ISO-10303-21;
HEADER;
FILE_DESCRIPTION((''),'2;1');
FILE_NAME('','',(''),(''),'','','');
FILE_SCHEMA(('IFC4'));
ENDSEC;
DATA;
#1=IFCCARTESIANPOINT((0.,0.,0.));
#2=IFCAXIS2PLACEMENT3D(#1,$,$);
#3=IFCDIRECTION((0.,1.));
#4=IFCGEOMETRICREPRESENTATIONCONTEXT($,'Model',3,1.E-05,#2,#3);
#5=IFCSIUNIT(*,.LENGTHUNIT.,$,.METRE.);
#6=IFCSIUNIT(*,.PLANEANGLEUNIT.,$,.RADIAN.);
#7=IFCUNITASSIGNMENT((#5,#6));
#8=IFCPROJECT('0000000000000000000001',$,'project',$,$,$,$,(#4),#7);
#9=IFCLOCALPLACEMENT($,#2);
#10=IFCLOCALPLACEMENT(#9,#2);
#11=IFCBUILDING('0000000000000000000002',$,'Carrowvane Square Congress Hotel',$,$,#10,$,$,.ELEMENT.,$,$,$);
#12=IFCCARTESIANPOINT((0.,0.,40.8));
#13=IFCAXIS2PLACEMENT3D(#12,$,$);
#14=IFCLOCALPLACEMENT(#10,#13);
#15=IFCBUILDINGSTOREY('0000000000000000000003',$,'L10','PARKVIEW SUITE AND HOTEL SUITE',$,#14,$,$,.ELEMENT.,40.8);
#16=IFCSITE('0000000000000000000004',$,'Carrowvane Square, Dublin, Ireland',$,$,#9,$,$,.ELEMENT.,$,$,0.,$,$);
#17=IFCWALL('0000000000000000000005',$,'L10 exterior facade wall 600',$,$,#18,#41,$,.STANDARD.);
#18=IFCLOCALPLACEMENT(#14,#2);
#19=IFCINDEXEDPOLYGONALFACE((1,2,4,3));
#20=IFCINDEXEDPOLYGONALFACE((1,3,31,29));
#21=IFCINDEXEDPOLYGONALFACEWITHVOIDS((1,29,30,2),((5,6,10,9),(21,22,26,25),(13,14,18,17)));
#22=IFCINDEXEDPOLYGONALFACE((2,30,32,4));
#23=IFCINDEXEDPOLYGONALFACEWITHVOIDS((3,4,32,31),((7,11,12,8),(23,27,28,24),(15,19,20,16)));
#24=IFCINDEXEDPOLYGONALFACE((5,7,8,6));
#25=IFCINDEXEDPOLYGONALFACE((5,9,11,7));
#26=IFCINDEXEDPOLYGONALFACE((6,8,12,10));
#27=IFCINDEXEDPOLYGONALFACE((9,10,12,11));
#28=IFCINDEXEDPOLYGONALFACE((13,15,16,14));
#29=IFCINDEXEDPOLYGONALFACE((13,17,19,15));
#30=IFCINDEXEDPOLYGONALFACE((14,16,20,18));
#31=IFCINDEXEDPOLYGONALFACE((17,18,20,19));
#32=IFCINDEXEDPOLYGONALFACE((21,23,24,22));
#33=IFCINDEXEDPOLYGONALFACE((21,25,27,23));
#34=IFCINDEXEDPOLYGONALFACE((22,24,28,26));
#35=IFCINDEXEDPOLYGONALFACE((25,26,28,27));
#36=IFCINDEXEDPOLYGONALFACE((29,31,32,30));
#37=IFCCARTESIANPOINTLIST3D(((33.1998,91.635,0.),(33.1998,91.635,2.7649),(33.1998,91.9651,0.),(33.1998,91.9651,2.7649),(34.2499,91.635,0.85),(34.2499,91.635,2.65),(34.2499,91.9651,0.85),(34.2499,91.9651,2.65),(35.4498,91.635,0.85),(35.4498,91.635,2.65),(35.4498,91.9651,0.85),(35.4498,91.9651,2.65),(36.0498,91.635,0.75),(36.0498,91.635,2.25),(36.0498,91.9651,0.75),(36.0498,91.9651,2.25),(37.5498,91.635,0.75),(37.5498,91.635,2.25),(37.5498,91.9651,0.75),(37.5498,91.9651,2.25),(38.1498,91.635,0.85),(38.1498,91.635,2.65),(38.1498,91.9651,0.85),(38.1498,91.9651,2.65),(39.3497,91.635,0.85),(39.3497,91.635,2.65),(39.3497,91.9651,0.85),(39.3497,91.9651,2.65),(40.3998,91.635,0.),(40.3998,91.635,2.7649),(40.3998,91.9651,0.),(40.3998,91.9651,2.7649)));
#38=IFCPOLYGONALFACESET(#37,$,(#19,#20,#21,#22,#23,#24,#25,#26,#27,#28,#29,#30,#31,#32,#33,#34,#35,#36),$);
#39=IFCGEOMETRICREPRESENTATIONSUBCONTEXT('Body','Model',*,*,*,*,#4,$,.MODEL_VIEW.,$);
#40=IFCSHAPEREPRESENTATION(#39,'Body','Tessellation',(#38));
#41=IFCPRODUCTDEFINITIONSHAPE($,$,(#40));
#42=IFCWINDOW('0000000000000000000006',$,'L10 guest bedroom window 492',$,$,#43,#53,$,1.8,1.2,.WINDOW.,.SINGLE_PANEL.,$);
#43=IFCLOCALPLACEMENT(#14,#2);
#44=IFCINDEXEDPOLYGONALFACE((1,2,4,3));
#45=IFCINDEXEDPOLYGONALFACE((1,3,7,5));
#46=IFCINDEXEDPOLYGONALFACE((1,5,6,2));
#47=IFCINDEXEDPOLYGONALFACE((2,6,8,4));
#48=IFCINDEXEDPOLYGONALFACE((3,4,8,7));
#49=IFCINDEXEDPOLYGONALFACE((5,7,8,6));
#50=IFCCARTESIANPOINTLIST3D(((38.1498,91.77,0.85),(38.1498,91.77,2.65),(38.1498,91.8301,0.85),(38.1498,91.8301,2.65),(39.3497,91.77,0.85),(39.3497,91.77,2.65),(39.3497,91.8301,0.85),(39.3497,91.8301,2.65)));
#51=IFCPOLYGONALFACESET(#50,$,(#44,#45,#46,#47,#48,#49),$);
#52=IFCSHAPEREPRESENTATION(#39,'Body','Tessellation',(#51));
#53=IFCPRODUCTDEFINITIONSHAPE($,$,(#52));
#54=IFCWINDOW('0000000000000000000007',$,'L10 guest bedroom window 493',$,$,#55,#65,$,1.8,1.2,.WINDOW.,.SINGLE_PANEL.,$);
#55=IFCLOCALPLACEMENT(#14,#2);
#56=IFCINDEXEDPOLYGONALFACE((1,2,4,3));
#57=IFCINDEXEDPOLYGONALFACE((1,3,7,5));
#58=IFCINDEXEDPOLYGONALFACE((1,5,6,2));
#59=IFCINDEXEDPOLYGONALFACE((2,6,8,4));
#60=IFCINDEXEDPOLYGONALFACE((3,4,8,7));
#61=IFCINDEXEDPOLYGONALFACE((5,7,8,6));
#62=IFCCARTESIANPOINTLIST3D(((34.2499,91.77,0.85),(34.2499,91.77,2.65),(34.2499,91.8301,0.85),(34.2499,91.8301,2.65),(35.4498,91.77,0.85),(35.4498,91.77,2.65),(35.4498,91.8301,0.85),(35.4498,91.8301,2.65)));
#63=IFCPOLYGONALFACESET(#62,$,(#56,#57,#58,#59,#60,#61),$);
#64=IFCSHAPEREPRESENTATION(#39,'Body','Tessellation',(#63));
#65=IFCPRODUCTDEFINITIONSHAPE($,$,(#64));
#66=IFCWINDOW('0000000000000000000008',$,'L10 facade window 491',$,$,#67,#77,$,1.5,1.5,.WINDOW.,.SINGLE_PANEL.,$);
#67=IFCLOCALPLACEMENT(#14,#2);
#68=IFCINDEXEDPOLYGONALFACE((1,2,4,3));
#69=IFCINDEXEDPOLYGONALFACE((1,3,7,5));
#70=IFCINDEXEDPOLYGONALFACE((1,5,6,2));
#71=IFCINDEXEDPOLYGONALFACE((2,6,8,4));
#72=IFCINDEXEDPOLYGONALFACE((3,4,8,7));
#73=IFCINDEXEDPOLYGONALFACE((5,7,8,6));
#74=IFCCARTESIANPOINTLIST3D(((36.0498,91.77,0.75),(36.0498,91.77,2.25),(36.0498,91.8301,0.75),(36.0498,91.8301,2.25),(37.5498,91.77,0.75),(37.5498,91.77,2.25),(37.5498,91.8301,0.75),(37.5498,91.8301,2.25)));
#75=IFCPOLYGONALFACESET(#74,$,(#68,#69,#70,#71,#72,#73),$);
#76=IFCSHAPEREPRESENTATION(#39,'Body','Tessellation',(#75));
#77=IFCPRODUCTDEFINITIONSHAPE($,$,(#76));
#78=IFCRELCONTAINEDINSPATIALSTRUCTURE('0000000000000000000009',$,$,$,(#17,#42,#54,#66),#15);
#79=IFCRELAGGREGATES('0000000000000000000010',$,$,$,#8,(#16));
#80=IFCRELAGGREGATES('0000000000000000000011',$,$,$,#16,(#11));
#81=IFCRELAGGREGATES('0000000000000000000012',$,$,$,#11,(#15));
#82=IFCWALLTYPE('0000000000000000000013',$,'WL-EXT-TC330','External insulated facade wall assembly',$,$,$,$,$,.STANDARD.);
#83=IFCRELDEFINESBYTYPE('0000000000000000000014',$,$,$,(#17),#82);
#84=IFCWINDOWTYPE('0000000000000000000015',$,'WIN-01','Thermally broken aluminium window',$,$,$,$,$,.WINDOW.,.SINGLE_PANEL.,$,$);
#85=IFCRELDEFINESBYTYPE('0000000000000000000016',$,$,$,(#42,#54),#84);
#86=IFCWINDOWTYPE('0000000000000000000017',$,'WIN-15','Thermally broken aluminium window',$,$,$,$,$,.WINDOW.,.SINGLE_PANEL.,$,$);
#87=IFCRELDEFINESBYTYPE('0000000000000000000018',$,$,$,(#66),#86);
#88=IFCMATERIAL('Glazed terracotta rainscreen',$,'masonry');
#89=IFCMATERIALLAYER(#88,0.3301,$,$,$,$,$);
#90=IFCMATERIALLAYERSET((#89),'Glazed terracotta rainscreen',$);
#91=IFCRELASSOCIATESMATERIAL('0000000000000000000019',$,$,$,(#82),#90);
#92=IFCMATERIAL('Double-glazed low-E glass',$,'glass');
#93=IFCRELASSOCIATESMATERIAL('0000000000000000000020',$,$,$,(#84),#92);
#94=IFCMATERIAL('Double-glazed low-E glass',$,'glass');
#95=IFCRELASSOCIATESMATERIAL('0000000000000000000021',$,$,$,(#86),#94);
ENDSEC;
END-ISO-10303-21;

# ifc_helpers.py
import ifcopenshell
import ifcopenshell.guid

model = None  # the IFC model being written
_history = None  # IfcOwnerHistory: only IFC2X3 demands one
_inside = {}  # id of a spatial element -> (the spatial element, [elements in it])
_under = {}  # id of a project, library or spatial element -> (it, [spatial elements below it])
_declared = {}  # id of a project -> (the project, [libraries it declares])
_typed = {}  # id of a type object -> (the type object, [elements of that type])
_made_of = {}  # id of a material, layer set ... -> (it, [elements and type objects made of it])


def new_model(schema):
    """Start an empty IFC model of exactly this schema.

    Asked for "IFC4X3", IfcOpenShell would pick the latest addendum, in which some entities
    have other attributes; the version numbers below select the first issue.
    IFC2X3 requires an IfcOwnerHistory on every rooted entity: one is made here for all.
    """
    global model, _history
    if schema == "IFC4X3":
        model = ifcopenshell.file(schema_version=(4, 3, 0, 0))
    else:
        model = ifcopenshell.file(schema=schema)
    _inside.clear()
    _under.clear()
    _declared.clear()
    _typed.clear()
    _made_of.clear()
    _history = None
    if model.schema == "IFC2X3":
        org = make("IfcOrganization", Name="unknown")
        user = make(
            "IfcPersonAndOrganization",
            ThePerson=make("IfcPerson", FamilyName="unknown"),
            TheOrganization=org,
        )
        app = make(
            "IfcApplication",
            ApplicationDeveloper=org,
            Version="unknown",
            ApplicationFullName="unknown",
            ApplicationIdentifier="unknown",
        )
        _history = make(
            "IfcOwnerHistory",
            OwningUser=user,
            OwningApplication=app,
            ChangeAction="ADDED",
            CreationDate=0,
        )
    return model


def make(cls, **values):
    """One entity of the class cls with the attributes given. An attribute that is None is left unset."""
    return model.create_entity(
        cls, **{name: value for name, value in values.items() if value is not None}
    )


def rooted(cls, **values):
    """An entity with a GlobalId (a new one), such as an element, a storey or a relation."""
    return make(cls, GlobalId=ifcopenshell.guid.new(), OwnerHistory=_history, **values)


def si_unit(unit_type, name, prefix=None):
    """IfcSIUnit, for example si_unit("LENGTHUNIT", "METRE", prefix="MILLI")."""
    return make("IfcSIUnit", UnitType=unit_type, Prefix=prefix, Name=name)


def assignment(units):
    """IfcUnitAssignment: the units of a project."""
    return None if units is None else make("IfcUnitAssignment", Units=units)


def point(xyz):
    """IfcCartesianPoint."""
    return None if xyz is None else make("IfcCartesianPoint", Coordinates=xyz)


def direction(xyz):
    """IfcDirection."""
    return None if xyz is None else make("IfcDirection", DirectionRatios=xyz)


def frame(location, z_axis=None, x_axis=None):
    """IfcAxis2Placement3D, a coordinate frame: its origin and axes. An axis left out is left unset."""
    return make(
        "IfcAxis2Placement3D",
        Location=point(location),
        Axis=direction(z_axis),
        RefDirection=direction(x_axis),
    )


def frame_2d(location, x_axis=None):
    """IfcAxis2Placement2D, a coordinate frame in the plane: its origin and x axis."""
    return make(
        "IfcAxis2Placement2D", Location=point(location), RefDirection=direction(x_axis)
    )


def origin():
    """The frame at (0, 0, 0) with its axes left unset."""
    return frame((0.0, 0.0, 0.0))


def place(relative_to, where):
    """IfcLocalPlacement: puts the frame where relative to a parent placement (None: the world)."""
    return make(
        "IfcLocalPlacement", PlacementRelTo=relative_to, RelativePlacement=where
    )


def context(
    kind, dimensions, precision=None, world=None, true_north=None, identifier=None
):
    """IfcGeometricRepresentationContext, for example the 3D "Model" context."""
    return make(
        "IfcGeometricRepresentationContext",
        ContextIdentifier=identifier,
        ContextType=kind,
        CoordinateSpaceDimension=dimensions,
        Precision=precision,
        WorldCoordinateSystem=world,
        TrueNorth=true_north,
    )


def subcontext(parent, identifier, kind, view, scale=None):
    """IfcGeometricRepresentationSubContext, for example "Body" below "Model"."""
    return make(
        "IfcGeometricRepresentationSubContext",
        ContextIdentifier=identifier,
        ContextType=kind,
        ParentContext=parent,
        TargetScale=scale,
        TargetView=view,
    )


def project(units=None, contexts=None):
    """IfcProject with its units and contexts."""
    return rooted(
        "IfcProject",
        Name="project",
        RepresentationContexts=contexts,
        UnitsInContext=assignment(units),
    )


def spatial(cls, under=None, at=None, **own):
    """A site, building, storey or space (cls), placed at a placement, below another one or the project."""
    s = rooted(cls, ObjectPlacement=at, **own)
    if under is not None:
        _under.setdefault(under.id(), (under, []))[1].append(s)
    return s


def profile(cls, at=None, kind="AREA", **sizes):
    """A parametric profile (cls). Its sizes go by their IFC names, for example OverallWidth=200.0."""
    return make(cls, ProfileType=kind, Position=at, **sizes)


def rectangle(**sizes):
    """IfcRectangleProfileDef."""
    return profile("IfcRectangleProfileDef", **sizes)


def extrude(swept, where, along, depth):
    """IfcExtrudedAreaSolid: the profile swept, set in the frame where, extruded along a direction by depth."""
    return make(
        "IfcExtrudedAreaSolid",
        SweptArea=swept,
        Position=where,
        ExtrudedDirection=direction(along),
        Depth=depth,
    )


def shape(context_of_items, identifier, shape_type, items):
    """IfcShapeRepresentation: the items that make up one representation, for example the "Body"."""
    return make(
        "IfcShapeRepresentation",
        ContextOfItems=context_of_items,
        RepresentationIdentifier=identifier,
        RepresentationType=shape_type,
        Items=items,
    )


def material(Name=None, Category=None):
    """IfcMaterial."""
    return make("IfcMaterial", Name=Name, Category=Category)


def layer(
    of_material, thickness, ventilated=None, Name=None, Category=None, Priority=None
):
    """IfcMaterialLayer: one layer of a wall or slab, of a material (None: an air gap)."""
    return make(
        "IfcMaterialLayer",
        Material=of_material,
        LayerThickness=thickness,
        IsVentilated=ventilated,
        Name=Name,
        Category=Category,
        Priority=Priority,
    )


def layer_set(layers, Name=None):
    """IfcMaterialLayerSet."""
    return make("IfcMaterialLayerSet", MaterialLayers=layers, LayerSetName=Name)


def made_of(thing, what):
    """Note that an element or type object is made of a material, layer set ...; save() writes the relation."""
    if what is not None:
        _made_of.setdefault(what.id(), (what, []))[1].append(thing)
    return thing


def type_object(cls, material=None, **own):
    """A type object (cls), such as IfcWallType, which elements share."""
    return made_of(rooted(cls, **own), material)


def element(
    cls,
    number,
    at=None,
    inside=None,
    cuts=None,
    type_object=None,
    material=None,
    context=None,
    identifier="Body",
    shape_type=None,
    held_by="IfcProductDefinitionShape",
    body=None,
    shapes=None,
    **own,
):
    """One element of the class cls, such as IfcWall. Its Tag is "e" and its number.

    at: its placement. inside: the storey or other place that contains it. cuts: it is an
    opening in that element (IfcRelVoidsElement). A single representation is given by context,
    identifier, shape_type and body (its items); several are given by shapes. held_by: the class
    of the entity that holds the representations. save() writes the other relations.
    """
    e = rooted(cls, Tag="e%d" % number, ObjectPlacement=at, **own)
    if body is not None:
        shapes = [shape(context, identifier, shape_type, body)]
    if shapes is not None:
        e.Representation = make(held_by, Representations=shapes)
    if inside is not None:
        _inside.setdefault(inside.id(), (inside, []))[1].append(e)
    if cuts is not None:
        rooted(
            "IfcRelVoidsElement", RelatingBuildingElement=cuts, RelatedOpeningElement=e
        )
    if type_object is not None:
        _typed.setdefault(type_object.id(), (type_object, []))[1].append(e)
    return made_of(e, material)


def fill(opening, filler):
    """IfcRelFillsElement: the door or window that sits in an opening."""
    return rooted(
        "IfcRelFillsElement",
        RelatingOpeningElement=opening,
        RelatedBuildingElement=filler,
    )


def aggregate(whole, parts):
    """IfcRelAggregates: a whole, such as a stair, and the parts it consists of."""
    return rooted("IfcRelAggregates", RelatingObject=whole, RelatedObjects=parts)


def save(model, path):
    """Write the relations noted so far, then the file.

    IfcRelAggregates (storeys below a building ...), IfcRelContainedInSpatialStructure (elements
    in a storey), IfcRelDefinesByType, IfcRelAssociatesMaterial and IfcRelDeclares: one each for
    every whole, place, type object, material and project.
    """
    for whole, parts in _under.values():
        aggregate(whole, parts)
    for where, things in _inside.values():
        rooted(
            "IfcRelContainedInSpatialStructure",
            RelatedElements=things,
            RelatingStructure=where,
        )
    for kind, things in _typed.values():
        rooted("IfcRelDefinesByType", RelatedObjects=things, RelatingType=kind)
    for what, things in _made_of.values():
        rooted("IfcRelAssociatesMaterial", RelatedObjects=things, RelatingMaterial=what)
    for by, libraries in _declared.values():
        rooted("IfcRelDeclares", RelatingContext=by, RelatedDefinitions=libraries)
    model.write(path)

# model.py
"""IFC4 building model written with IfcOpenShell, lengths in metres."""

from ifc_helpers import new_model, si_unit, direction, frame, frame_2d, origin, place, context, subcontext, project, spatial, rectangle, extrude, material, layer, layer_set, type_object, element, fill, save


model = new_model("IFC4")

# Units and contexts
model_context = context("Model", 3, precision=1e-05, world=origin(), true_north=direction((0.0, 1.0)))
body_context = subcontext(model_context, "Body", "Model", "MODEL_VIEW")
ifc_project = project(units=[si_unit("LENGTHUNIT", "METRE"), si_unit("PLANEANGLEUNIT", "RADIAN")], contexts=[model_context])

# Site, building, storey
site_placement = place(None, origin())
site = spatial("IfcSite", under=ifc_project, at=site_placement, Name="Carrowvane Square, Dublin, Ireland", CompositionType="ELEMENT", RefElevation=0.0)
building_placement = place(site_placement, origin())
building = spatial("IfcBuilding", under=site, at=building_placement, Name="Carrowvane Square Congress Hotel", CompositionType="ELEMENT")
storey_placement = place(building_placement, frame((0.0, 0.0, 40.8)))
storey = spatial("IfcBuildingStorey", under=building, at=storey_placement, Name="L10", Description="PARKVIEW SUITE AND HOTEL SUITE", CompositionType="ELEMENT", Elevation=40.8)

# Wall, openings, windows
ifc_material_1 = material(Name="Glazed terracotta rainscreen", Category="masonry")
ifc_layer = layer(ifc_material_1, 0.3301)
ifc_layer_set = layer_set([ifc_layer], Name="Glazed terracotta rainscreen")
wall_type = type_object("IfcWallType", Name="WL-EXT-TC330", Description="External insulated facade wall assembly", PredefinedType="STANDARD", material=ifc_layer_set)
ifc_material_2 = material(Name="Double-glazed low-E glass", Category="glass")
window_type_1 = type_object("IfcWindowType", Name="WIN-01", Description="Thermally broken aluminium window", PartitioningType="SINGLE_PANEL", PredefinedType="WINDOW", material=ifc_material_2)
ifc_material_3 = material(Name="Double-glazed low-E glass", Category="glass")
window_type_2 = type_object("IfcWindowType", Name="WIN-15", Description="Thermally broken aluminium window", PartitioningType="SINGLE_PANEL", PredefinedType="WINDOW", material=ifc_material_3)
wall_1_placement = place(storey_placement, frame((40.3999, 91.8, 0.0), z_axis=(0.0, 0.0, 1.0), x_axis=(-1.0, 0.0, 0.0)))
wall_1 = element("IfcWall", 1, at=wall_1_placement, inside=storey, type_object=wall_type, Name="L10 exterior facade wall 600", PredefinedType="STANDARD", context=body_context, shape_type="SweptSolid", body=[
    extrude(rectangle(XDim=7.2, YDim=0.3301, at=frame_2d((3.6001, 0.0))), origin(), (0.0, 0.0, 1.0), 2.7649),
])
opening_1_placement = place(wall_1_placement, frame((2.8501, 0.0, 0.75)))
opening_1 = element("IfcOpeningElement", 2, at=opening_1_placement, cuts=wall_1, PredefinedType="OPENING", context=body_context, shape_type="SweptSolid", body=[
    extrude(rectangle(XDim=1.5, YDim=1.5, at=frame_2d((0.75, 0.75))), frame((0.0, 0.175, 0.0), z_axis=(0.0, -1.0, 0.0), x_axis=(1.0, 0.0, 0.0)), (0.0, 0.0, 1.0), 0.3501),
])
opening_2_placement = place(wall_1_placement, frame((1.05, 0.0, 0.8501)))
opening_2 = element("IfcOpeningElement", 3, at=opening_2_placement, cuts=wall_1, PredefinedType="OPENING", context=body_context, shape_type="SweptSolid", body=[
    extrude(rectangle(XDim=1.2, YDim=1.8, at=frame_2d((0.6001, 0.8999))), frame((0.0, 0.175, 0.0), z_axis=(0.0, -1.0, 0.0), x_axis=(1.0, 0.0, 0.0)), (0.0, 0.0, 1.0), 0.3501),
])
opening_3_placement = place(wall_1_placement, frame((4.95, 0.0, 0.8501)))
opening_3 = element("IfcOpeningElement", 4, at=opening_3_placement, cuts=wall_1, PredefinedType="OPENING", context=body_context, shape_type="SweptSolid", body=[
    extrude(rectangle(XDim=1.2, YDim=1.8, at=frame_2d((0.6001, 0.8999))), frame((0.0, 0.175, 0.0), z_axis=(0.0, -1.0, 0.0), x_axis=(1.0, 0.0, 0.0)), (0.0, 0.0, 1.0), 0.3501),
])
window_1_placement = place(opening_2_placement, origin())
window_1 = element("IfcWindow", 5, at=window_1_placement, inside=storey, type_object=window_type_1, Name="L10 guest bedroom window 492", OverallHeight=1.8, OverallWidth=1.2, PartitioningType="SINGLE_PANEL", PredefinedType="WINDOW", context=body_context, shape_type="SweptSolid", body=[
    extrude(rectangle(XDim=1.2, YDim=1.8, at=frame_2d((0.6001, 0.8999))), frame((0.0, 0.03, 0.0), z_axis=(0.0, -1.0, 0.0), x_axis=(1.0, 0.0, 0.0)), (0.0, 0.0, 1.0), 0.0601),
])
fill(opening_2, window_1)
window_2_placement = place(opening_3_placement, origin())
window_2 = element("IfcWindow", 6, at=window_2_placement, inside=storey, type_object=window_type_1, Name="L10 guest bedroom window 493", OverallHeight=1.8, OverallWidth=1.2, PartitioningType="SINGLE_PANEL", PredefinedType="WINDOW", context=body_context, shape_type="SweptSolid", body=[
    extrude(rectangle(XDim=1.2, YDim=1.8, at=frame_2d((0.6001, 0.8999))), frame((0.0, 0.03, 0.0), z_axis=(0.0, -1.0, 0.0), x_axis=(1.0, 0.0, 0.0)), (0.0, 0.0, 1.0), 0.0601),
])
fill(opening_3, window_2)
window_3_placement = place(opening_1_placement, origin())
window_3 = element("IfcWindow", 7, at=window_3_placement, inside=storey, type_object=window_type_2, Name="L10 facade window 491", OverallHeight=1.5, OverallWidth=1.5, PartitioningType="SINGLE_PANEL", PredefinedType="WINDOW", context=body_context, shape_type="SweptSolid", body=[
    extrude(rectangle(XDim=1.5, YDim=1.5, at=frame_2d((0.75, 0.75))), frame((0.0, 0.03, 0.0), z_axis=(0.0, -1.0, 0.0), x_axis=(1.0, 0.0, 0.0)), (0.0, 0.0, 1.0), 0.0601),
])
fill(opening_1, window_3)

save(model, "model.ifc")
